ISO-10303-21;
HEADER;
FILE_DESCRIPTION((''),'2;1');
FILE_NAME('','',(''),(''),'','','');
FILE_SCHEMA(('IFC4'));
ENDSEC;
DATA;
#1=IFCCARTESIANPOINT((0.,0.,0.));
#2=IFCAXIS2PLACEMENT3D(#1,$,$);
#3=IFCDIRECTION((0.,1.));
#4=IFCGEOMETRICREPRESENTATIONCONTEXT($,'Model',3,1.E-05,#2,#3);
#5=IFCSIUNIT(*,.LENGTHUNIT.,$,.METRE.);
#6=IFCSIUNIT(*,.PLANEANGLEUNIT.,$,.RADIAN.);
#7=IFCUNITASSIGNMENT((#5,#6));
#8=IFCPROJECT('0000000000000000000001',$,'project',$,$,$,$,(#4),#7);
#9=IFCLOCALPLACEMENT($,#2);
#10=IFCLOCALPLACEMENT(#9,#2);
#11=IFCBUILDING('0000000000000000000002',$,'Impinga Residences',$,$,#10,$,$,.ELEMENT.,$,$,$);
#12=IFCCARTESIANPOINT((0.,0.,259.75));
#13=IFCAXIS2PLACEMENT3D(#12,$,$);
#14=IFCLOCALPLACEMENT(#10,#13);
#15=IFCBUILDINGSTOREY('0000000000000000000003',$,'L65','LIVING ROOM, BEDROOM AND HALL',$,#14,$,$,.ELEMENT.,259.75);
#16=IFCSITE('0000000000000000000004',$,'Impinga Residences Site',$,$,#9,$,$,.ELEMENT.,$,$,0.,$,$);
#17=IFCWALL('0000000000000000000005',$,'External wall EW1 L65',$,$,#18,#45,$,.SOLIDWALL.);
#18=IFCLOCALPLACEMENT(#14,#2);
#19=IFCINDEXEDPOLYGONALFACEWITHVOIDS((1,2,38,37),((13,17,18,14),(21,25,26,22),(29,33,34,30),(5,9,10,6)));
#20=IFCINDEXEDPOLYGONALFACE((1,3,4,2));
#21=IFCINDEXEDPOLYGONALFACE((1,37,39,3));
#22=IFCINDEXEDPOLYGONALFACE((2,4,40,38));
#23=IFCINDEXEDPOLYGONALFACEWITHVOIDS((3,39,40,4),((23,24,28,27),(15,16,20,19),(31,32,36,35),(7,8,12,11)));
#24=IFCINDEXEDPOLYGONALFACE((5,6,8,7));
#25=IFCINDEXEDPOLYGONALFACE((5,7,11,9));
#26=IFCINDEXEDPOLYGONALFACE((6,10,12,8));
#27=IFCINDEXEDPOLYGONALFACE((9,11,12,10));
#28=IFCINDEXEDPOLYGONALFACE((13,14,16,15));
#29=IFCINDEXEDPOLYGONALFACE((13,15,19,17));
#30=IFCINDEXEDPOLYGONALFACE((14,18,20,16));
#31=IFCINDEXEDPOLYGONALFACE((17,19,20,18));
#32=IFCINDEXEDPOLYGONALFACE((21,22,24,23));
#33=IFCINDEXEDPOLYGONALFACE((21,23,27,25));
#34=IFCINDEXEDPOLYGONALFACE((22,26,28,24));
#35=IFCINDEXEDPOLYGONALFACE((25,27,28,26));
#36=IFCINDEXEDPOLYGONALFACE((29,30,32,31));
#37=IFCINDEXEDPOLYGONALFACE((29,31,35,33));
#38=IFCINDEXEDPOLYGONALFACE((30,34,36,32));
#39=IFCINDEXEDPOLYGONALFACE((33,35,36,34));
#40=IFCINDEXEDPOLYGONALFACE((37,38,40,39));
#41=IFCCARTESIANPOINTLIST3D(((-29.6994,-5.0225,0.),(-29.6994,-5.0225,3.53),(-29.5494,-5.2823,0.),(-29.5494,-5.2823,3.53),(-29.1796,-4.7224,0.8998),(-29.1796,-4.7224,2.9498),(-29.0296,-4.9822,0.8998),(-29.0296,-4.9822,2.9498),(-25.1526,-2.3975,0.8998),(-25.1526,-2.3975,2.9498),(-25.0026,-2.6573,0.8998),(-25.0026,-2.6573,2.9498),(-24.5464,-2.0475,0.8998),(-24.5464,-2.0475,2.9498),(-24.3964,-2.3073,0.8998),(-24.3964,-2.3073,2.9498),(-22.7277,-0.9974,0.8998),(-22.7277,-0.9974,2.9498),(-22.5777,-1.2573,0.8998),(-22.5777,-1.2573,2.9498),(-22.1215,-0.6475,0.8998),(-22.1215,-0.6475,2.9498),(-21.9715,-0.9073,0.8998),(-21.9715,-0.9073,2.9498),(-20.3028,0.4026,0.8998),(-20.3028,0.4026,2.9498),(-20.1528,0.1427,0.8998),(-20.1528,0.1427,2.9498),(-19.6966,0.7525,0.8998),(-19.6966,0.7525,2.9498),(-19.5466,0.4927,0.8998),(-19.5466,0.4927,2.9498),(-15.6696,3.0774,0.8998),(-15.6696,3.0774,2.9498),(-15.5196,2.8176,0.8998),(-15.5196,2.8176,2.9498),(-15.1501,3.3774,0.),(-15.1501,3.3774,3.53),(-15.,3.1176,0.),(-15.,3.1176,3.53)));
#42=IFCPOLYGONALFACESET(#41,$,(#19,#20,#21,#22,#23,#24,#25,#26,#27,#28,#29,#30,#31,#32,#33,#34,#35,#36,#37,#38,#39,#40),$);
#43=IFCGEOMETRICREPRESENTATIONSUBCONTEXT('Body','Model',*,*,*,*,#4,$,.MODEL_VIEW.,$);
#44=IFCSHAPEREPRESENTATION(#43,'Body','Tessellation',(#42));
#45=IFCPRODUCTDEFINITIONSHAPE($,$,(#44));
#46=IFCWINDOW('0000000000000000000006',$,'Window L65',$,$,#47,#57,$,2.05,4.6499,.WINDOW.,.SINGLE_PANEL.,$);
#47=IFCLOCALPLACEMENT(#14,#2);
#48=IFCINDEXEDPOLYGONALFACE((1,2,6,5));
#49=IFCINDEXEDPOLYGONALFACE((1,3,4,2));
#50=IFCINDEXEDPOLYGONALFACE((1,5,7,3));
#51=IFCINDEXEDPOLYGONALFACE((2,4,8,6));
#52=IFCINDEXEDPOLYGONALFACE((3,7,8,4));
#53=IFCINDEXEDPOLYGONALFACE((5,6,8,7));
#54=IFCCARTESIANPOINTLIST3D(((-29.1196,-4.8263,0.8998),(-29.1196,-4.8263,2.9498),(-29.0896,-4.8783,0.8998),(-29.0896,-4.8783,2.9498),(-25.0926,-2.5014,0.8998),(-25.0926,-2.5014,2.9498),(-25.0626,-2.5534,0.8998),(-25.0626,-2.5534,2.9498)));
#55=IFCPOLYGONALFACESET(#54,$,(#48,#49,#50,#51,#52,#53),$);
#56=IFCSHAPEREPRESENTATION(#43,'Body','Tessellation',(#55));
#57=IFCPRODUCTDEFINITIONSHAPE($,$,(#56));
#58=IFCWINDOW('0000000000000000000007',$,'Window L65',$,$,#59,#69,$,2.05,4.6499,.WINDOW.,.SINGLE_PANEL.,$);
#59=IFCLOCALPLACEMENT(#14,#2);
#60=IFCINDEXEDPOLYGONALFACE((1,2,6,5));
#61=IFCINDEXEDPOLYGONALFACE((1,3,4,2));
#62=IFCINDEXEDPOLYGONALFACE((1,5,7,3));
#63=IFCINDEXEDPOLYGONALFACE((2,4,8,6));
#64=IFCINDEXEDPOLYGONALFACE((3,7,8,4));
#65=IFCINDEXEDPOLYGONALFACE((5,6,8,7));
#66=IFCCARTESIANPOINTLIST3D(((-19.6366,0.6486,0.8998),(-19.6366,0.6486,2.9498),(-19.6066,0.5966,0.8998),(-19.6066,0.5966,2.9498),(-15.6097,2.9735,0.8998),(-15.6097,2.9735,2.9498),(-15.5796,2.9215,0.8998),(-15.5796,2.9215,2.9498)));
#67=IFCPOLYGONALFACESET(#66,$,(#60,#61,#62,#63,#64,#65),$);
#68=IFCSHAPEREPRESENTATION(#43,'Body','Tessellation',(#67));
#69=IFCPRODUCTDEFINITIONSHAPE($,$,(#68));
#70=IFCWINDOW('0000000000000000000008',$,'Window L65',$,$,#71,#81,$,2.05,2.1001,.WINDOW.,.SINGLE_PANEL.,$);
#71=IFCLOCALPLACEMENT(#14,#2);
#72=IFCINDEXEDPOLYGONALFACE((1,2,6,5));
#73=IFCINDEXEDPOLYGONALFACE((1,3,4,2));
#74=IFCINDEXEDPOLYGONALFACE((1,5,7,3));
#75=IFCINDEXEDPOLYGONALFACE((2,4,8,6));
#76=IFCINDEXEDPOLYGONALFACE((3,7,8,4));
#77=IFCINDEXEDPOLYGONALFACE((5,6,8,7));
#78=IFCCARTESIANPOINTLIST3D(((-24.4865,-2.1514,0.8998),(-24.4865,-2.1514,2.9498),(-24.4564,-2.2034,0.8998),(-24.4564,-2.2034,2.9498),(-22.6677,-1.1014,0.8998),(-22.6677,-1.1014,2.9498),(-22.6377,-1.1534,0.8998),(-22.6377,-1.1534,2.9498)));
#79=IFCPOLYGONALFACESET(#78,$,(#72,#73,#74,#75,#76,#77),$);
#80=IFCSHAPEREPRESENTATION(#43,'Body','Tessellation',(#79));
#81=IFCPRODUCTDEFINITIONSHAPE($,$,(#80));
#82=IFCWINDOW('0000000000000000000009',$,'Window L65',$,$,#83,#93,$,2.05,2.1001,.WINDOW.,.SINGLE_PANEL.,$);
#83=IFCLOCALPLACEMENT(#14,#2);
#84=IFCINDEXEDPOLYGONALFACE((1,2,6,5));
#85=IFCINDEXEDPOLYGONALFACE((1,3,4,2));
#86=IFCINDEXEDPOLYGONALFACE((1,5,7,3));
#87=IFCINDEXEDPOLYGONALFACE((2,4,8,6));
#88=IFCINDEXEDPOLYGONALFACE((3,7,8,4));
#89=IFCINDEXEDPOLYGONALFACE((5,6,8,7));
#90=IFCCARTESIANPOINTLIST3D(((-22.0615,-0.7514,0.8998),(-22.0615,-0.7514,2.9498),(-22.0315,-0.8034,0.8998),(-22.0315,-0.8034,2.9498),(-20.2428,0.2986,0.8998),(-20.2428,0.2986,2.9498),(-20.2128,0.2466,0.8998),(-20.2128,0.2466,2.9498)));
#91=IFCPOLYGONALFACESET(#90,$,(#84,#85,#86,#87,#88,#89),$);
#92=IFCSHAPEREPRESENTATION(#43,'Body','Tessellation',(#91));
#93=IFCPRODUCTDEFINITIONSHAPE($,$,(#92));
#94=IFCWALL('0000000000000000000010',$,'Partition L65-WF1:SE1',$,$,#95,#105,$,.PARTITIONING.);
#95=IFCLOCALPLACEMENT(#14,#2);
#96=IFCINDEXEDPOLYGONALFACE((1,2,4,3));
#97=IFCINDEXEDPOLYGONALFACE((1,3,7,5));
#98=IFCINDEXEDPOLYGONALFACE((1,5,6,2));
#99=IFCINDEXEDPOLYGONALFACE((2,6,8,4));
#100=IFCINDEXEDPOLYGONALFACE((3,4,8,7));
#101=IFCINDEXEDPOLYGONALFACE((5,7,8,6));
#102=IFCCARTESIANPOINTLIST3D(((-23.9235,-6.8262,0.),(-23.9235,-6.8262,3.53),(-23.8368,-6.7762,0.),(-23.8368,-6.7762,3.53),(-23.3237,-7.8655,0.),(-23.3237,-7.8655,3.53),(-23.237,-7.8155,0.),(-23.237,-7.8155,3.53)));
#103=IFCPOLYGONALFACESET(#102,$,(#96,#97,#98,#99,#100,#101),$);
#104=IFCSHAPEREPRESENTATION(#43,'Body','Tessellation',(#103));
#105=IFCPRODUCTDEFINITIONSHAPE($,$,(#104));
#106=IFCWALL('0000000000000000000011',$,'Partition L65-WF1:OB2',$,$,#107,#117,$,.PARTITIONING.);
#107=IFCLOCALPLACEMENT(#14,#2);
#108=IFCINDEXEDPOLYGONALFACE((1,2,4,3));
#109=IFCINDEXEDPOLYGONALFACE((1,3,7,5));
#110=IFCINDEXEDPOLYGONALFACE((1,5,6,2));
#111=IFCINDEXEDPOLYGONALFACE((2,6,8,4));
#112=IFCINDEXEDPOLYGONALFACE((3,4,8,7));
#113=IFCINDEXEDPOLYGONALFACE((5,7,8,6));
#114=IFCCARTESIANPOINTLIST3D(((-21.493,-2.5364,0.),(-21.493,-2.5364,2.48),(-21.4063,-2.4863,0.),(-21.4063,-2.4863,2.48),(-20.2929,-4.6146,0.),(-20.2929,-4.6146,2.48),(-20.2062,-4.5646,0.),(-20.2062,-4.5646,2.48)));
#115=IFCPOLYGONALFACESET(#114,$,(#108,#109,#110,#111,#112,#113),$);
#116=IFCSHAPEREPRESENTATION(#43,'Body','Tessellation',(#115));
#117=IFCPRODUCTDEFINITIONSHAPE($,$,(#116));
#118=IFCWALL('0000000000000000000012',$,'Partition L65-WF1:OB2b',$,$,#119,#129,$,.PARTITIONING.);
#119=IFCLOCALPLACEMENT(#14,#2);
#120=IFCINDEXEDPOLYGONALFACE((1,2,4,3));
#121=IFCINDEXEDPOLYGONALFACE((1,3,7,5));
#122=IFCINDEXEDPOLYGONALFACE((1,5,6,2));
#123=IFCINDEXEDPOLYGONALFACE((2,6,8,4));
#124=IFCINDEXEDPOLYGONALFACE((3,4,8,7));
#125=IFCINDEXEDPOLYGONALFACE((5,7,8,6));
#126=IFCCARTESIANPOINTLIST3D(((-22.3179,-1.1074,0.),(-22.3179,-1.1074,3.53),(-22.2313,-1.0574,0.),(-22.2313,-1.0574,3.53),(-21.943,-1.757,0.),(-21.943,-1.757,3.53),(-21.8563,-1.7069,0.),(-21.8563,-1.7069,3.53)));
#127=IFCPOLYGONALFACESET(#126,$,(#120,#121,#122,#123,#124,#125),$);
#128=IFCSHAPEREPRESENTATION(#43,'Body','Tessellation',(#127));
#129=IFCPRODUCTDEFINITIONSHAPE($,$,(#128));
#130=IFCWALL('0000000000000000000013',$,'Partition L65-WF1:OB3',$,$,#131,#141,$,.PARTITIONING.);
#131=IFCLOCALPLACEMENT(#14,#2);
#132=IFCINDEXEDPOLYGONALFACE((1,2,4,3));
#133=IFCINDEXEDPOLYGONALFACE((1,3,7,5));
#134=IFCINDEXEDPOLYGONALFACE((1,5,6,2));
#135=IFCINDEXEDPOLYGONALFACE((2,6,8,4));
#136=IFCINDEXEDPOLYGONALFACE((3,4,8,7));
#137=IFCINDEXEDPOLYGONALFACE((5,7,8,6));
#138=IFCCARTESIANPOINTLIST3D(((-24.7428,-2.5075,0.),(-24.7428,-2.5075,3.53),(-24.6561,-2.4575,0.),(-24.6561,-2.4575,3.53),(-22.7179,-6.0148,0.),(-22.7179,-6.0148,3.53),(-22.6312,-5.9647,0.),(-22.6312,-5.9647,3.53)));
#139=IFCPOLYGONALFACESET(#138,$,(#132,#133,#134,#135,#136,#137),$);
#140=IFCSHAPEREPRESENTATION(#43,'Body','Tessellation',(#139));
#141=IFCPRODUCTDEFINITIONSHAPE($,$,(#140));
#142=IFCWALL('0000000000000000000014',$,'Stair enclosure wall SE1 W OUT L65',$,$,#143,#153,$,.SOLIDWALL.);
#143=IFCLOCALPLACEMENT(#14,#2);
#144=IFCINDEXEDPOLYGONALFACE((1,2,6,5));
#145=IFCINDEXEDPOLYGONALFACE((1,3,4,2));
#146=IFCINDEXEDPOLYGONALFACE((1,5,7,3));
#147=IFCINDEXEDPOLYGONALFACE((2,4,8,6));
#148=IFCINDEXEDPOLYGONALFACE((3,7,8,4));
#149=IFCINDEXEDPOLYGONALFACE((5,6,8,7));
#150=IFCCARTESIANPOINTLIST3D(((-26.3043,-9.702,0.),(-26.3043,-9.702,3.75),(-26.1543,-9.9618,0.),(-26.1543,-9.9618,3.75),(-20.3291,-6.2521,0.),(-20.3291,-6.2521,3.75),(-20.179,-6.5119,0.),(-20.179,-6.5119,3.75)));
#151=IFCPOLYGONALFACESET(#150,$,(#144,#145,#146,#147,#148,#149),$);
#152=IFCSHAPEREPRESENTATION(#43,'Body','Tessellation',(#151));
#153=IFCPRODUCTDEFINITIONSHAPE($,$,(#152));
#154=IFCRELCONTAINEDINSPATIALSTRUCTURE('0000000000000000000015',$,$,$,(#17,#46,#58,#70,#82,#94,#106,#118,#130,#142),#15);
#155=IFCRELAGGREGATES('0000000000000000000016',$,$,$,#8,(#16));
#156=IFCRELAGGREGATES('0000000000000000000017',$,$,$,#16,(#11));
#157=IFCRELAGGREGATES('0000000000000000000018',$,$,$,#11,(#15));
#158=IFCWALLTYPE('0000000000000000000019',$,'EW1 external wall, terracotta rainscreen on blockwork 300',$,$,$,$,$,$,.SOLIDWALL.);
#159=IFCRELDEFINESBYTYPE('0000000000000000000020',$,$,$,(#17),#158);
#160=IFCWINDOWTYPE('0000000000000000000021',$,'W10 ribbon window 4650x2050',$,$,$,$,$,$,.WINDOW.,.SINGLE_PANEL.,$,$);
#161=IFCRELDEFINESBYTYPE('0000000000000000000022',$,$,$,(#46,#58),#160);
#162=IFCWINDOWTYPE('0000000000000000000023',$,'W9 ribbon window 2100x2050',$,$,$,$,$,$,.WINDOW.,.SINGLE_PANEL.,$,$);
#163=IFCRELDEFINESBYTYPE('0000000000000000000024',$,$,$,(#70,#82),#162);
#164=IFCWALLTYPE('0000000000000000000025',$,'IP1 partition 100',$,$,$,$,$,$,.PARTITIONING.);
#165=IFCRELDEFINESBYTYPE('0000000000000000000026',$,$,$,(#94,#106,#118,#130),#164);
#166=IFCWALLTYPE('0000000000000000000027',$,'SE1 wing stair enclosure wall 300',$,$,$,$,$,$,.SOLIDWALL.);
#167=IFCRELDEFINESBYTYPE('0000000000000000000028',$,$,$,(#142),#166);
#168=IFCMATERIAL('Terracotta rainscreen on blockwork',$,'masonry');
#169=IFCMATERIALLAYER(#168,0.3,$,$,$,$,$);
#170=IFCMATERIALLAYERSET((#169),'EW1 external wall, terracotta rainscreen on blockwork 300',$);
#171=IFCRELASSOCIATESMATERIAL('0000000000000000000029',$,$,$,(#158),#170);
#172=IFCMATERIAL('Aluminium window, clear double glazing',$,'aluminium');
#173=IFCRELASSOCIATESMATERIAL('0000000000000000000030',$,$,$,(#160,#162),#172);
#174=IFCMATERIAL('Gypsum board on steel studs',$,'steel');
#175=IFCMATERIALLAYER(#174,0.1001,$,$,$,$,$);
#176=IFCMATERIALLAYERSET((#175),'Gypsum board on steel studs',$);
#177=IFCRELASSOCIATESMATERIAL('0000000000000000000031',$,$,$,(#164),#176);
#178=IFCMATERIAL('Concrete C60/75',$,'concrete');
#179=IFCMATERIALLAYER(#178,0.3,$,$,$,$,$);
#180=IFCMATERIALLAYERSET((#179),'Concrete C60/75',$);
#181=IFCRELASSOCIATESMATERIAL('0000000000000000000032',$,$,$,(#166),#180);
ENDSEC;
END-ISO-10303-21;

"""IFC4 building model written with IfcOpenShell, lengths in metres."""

from ifc_helpers import new_model, si_unit, direction, frame, frame_2d, origin, place, context, subcontext, project, spatial, rectangle, extrude, material, layer, layer_set, type_object, element, fill, save


model = new_model("IFC4")

# Units and contexts
model_context = context("Model", 3, precision=1e-05, world=origin(), true_north=direction((0.0, 1.0)))
body_context = subcontext(model_context, "Body", "Model", "MODEL_VIEW")
ifc_project = project(units=[si_unit("LENGTHUNIT", "METRE"), si_unit("PLANEANGLEUNIT", "RADIAN")], contexts=[model_context])

# Site, building, storey
site_placement = place(None, origin())
site = spatial("IfcSite", under=ifc_project, at=site_placement, Name="Impinga Residences Site", CompositionType="ELEMENT", RefElevation=0.0)
building_placement = place(site_placement, origin())
building = spatial("IfcBuilding", under=site, at=building_placement, Name="Impinga Residences", CompositionType="ELEMENT")
storey_placement = place(building_placement, frame((0.0, 0.0, 259.75)))
storey = spatial("IfcBuildingStorey", under=building, at=storey_placement, Name="L65", Description="LIVING ROOM, BEDROOM AND HALL", CompositionType="ELEMENT", Elevation=259.75)

# Shared definitions
ifc_material_1 = material(Name="Concrete C60/75", Category="concrete")

# Shared definitions
ifc_material_2 = material(Name="Terracotta rainscreen on blockwork", Category="masonry")
ifc_layer_1 = layer(ifc_material_2, 0.3)
ifc_layer_set_1 = layer_set([ifc_layer_1], Name="EW1 external wall, terracotta rainscreen on blockwork 300")
wall_type_1 = type_object("IfcWallType", Name="EW1 external wall, terracotta rainscreen on blockwork 300", PredefinedType="SOLIDWALL", material=ifc_layer_set_1)

# Wall, openings, windows
wall_1_placement = place(storey_placement, frame((-29.6243, -5.1523, 0.0), z_axis=(0.0, 0.0, 1.0), x_axis=(0.866029, 0.499993, 0.0)))
wall_1 = element("IfcWall", 1, at=wall_1_placement, inside=storey, type_object=wall_type_1, Name="External wall EW1 L65", PredefinedType="SOLIDWALL", context=body_context, shape_type="SweptSolid", body=[
    extrude(rectangle(XDim=16.8, YDim=0.3, at=frame_2d((8.3999, 0.0))), origin(), (0.0, 0.0, 1.0), 3.53),
])
opening_1_placement = place(wall_1_placement, frame((0.6001, 0.0, 0.8999)))
opening_1 = element("IfcOpeningElement", 2, at=opening_1_placement, cuts=wall_1, PredefinedType="OPENING", context=body_context, shape_type="SweptSolid", body=[
    extrude(rectangle(XDim=4.6499, YDim=2.05, at=frame_2d((2.325, 1.0249))), frame((0.0, 0.1599, 0.0), z_axis=(0.0, -1.0, 0.0), x_axis=(1.0, 0.0, 0.0)), (0.0, 0.0, 1.0), 0.3201),
])
opening_2_placement = place(wall_1_placement, frame((5.95, 0.0, 0.8999)))
opening_2 = element("IfcOpeningElement", 3, at=opening_2_placement, cuts=wall_1, PredefinedType="OPENING", context=body_context, shape_type="SweptSolid", body=[
    extrude(rectangle(XDim=2.1001, YDim=2.05, at=frame_2d((1.05, 1.0249))), frame((0.0, 0.1599, 0.0), z_axis=(0.0, -1.0, 0.0), x_axis=(1.0, 0.0, 0.0)), (0.0, 0.0, 1.0), 0.3201),
])
opening_3_placement = place(wall_1_placement, frame((8.75, 0.0, 0.8999)))
opening_3 = element("IfcOpeningElement", 4, at=opening_3_placement, cuts=wall_1, PredefinedType="OPENING", context=body_context, shape_type="SweptSolid", body=[
    extrude(rectangle(XDim=2.1001, YDim=2.05, at=frame_2d((1.05, 1.0249))), frame((0.0, 0.1599, 0.0), z_axis=(0.0, -1.0, 0.0), x_axis=(1.0, 0.0, 0.0)), (0.0, 0.0, 1.0), 0.3201),
])
opening_4_placement = place(wall_1_placement, frame((11.55, 0.0, 0.8999)))
opening_4 = element("IfcOpeningElement", 5, at=opening_4_placement, cuts=wall_1, PredefinedType="OPENING", context=body_context, shape_type="SweptSolid", body=[
    extrude(rectangle(XDim=4.6499, YDim=2.05, at=frame_2d((2.325, 1.0249))), frame((0.0, 0.1599, 0.0), z_axis=(0.0, -1.0, 0.0), x_axis=(1.0, 0.0, 0.0)), (0.0, 0.0, 1.0), 0.3201),
])
ifc_material_3 = material(Name="Aluminium window, clear double glazing", Category="aluminium")
window_type_1 = type_object("IfcWindowType", Name="W10 ribbon window 4650x2050", PartitioningType="SINGLE_PANEL", PredefinedType="WINDOW", material=ifc_material_3)
window_1_placement = place(opening_1_placement, origin())
window_1 = element("IfcWindow", 6, at=window_1_placement, inside=storey, type_object=window_type_1, Name="Window L65", OverallHeight=2.05, OverallWidth=4.6499, PartitioningType="SINGLE_PANEL", PredefinedType="WINDOW", context=body_context, shape_type="SweptSolid", body=[
    extrude(rectangle(XDim=4.6499, YDim=2.05, at=frame_2d((2.325, 1.0249))), frame((0.0, 0.03, 0.0), z_axis=(0.0, -1.0, 0.0), x_axis=(1.0, 0.0, 0.0)), (0.0, 0.0, 1.0), 0.0601),
])
fill(opening_1, window_1)
window_2_placement = place(opening_4_placement, origin())
window_2 = element("IfcWindow", 7, at=window_2_placement, inside=storey, type_object=window_type_1, Name="Window L65", OverallHeight=2.05, OverallWidth=4.6499, PartitioningType="SINGLE_PANEL", PredefinedType="WINDOW", context=body_context, shape_type="SweptSolid", body=[
    extrude(rectangle(XDim=4.6499, YDim=2.05, at=frame_2d((2.325, 1.0249))), frame((0.0, 0.03, 0.0), z_axis=(0.0, -1.0, 0.0), x_axis=(1.0, 0.0, 0.0)), (0.0, 0.0, 1.0), 0.0601),
])
fill(opening_4, window_2)
window_type_2 = type_object("IfcWindowType", Name="W9 ribbon window 2100x2050", PartitioningType="SINGLE_PANEL", PredefinedType="WINDOW", material=ifc_material_3)
window_3_placement = place(opening_2_placement, origin())
window_3 = element("IfcWindow", 8, at=window_3_placement, inside=storey, type_object=window_type_2, Name="Window L65", OverallHeight=2.05, OverallWidth=2.1001, PartitioningType="SINGLE_PANEL", PredefinedType="WINDOW", context=body_context, shape_type="SweptSolid", body=[
    extrude(rectangle(XDim=2.1001, YDim=2.05, at=frame_2d((1.05, 1.0249))), frame((0.0, 0.03, 0.0), z_axis=(0.0, -1.0, 0.0), x_axis=(1.0, 0.0, 0.0)), (0.0, 0.0, 1.0), 0.0601),
])
fill(opening_2, window_3)
window_4_placement = place(opening_3_placement, origin())
window_4 = element("IfcWindow", 9, at=window_4_placement, inside=storey, type_object=window_type_2, Name="Window L65", OverallHeight=2.05, OverallWidth=2.1001, PartitioningType="SINGLE_PANEL", PredefinedType="WINDOW", context=body_context, shape_type="SweptSolid", body=[
    extrude(rectangle(XDim=2.1001, YDim=2.05, at=frame_2d((1.05, 1.0249))), frame((0.0, 0.03, 0.0), z_axis=(0.0, -1.0, 0.0), x_axis=(1.0, 0.0, 0.0)), (0.0, 0.0, 1.0), 0.0601),
])
fill(opening_3, window_4)

# Walls
ifc_material_4 = material(Name="Gypsum board on steel studs", Category="steel")
ifc_layer_2 = layer(ifc_material_4, 0.1001)
ifc_layer_set_2 = layer_set([ifc_layer_2], Name="Gypsum board on steel studs")
wall_type_2 = type_object("IfcWallType", Name="IP1 partition 100", PredefinedType="PARTITIONING", material=ifc_layer_set_2)
wall_2_placement = place(storey_placement, frame((-23.2803, -7.8406, 0.0), z_axis=(0.0, 0.0, 1.0), x_axis=(-0.499881, 0.866094, 0.0)))
element("IfcWall", 10, at=wall_2_placement, inside=storey, type_object=wall_type_2, Name="Partition L65-WF1:SE1", PredefinedType="PARTITIONING", context=body_context, shape_type="SweptSolid", body=[
    extrude(rectangle(XDim=1.2, YDim=0.1001, at=frame_2d((0.6001, 0.0))), origin(), (0.0, 0.0, 1.0), 3.53),
])
wall_3_placement = place(storey_placement, frame((-20.2495, -4.5896, 0.0), z_axis=(0.0, 0.0, 1.0), x_axis=(-0.500078, 0.865981, 0.0)))
element("IfcWall", 11, at=wall_3_placement, inside=storey, type_object=wall_type_2, Name="Partition L65-WF1:OB2", PredefinedType="PARTITIONING", context=body_context, shape_type="SweptSolid", body=[
    extrude(rectangle(XDim=2.3999, YDim=0.1001, at=frame_2d((1.2, 0.0))), origin(), (0.0, 0.0, 1.0), 2.48),
])
wall_4_placement = place(storey_placement, frame((-21.8997, -1.7319, 0.0), z_axis=(0.0, 0.0, 1.0), x_axis=(-0.49992, 0.866072, 0.0)))
element("IfcWall", 12, at=wall_4_placement, inside=storey, type_object=wall_type_2, Name="Partition L65-WF1:OB2b", PredefinedType="PARTITIONING", context=body_context, shape_type="SweptSolid", body=[
    extrude(rectangle(XDim=0.75, YDim=0.1001, at=frame_2d((0.375, 0.0))), origin(), (0.0, 0.0, 1.0), 3.53),
])
wall_5_placement = place(storey_placement, frame((-22.6746, -5.9897, 0.0), z_axis=(0.0, 0.0, 1.0), x_axis=(-0.49999, 0.866031, 0.0)))
element("IfcWall", 13, at=wall_5_placement, inside=storey, type_object=wall_type_2, Name="Partition L65-WF1:OB3", PredefinedType="PARTITIONING", context=body_context, shape_type="SweptSolid", body=[
    extrude(rectangle(XDim=4.0498, YDim=0.1001, at=frame_2d((2.0249, 0.0))), origin(), (0.0, 0.0, 1.0), 3.53),
])
ifc_layer_3 = layer(ifc_material_1, 0.3)
ifc_layer_set_3 = layer_set([ifc_layer_3], Name="Concrete C60/75")
wall_type_3 = type_object("IfcWallType", Name="SE1 wing stair enclosure wall 300", PredefinedType="SOLIDWALL", material=ifc_layer_set_3)
wall_6_placement = place(storey_placement, frame((-20.2542, -6.3821, 0.0), z_axis=(0.0, 0.0, 1.0), x_axis=(-0.86602, -0.500009, 0.0)))
element("IfcWall", 14, at=wall_6_placement, inside=storey, type_object=wall_type_3, Name="Stair enclosure wall SE1 W OUT L65", PredefinedType="SOLIDWALL", context=body_context, shape_type="SweptSolid", body=[
    extrude(rectangle(XDim=6.8997, YDim=0.3, at=frame_2d((3.4497, 0.0))), origin(), (0.0, 0.0, 1.0), 3.75),
])

save(model, "model.ifc")
